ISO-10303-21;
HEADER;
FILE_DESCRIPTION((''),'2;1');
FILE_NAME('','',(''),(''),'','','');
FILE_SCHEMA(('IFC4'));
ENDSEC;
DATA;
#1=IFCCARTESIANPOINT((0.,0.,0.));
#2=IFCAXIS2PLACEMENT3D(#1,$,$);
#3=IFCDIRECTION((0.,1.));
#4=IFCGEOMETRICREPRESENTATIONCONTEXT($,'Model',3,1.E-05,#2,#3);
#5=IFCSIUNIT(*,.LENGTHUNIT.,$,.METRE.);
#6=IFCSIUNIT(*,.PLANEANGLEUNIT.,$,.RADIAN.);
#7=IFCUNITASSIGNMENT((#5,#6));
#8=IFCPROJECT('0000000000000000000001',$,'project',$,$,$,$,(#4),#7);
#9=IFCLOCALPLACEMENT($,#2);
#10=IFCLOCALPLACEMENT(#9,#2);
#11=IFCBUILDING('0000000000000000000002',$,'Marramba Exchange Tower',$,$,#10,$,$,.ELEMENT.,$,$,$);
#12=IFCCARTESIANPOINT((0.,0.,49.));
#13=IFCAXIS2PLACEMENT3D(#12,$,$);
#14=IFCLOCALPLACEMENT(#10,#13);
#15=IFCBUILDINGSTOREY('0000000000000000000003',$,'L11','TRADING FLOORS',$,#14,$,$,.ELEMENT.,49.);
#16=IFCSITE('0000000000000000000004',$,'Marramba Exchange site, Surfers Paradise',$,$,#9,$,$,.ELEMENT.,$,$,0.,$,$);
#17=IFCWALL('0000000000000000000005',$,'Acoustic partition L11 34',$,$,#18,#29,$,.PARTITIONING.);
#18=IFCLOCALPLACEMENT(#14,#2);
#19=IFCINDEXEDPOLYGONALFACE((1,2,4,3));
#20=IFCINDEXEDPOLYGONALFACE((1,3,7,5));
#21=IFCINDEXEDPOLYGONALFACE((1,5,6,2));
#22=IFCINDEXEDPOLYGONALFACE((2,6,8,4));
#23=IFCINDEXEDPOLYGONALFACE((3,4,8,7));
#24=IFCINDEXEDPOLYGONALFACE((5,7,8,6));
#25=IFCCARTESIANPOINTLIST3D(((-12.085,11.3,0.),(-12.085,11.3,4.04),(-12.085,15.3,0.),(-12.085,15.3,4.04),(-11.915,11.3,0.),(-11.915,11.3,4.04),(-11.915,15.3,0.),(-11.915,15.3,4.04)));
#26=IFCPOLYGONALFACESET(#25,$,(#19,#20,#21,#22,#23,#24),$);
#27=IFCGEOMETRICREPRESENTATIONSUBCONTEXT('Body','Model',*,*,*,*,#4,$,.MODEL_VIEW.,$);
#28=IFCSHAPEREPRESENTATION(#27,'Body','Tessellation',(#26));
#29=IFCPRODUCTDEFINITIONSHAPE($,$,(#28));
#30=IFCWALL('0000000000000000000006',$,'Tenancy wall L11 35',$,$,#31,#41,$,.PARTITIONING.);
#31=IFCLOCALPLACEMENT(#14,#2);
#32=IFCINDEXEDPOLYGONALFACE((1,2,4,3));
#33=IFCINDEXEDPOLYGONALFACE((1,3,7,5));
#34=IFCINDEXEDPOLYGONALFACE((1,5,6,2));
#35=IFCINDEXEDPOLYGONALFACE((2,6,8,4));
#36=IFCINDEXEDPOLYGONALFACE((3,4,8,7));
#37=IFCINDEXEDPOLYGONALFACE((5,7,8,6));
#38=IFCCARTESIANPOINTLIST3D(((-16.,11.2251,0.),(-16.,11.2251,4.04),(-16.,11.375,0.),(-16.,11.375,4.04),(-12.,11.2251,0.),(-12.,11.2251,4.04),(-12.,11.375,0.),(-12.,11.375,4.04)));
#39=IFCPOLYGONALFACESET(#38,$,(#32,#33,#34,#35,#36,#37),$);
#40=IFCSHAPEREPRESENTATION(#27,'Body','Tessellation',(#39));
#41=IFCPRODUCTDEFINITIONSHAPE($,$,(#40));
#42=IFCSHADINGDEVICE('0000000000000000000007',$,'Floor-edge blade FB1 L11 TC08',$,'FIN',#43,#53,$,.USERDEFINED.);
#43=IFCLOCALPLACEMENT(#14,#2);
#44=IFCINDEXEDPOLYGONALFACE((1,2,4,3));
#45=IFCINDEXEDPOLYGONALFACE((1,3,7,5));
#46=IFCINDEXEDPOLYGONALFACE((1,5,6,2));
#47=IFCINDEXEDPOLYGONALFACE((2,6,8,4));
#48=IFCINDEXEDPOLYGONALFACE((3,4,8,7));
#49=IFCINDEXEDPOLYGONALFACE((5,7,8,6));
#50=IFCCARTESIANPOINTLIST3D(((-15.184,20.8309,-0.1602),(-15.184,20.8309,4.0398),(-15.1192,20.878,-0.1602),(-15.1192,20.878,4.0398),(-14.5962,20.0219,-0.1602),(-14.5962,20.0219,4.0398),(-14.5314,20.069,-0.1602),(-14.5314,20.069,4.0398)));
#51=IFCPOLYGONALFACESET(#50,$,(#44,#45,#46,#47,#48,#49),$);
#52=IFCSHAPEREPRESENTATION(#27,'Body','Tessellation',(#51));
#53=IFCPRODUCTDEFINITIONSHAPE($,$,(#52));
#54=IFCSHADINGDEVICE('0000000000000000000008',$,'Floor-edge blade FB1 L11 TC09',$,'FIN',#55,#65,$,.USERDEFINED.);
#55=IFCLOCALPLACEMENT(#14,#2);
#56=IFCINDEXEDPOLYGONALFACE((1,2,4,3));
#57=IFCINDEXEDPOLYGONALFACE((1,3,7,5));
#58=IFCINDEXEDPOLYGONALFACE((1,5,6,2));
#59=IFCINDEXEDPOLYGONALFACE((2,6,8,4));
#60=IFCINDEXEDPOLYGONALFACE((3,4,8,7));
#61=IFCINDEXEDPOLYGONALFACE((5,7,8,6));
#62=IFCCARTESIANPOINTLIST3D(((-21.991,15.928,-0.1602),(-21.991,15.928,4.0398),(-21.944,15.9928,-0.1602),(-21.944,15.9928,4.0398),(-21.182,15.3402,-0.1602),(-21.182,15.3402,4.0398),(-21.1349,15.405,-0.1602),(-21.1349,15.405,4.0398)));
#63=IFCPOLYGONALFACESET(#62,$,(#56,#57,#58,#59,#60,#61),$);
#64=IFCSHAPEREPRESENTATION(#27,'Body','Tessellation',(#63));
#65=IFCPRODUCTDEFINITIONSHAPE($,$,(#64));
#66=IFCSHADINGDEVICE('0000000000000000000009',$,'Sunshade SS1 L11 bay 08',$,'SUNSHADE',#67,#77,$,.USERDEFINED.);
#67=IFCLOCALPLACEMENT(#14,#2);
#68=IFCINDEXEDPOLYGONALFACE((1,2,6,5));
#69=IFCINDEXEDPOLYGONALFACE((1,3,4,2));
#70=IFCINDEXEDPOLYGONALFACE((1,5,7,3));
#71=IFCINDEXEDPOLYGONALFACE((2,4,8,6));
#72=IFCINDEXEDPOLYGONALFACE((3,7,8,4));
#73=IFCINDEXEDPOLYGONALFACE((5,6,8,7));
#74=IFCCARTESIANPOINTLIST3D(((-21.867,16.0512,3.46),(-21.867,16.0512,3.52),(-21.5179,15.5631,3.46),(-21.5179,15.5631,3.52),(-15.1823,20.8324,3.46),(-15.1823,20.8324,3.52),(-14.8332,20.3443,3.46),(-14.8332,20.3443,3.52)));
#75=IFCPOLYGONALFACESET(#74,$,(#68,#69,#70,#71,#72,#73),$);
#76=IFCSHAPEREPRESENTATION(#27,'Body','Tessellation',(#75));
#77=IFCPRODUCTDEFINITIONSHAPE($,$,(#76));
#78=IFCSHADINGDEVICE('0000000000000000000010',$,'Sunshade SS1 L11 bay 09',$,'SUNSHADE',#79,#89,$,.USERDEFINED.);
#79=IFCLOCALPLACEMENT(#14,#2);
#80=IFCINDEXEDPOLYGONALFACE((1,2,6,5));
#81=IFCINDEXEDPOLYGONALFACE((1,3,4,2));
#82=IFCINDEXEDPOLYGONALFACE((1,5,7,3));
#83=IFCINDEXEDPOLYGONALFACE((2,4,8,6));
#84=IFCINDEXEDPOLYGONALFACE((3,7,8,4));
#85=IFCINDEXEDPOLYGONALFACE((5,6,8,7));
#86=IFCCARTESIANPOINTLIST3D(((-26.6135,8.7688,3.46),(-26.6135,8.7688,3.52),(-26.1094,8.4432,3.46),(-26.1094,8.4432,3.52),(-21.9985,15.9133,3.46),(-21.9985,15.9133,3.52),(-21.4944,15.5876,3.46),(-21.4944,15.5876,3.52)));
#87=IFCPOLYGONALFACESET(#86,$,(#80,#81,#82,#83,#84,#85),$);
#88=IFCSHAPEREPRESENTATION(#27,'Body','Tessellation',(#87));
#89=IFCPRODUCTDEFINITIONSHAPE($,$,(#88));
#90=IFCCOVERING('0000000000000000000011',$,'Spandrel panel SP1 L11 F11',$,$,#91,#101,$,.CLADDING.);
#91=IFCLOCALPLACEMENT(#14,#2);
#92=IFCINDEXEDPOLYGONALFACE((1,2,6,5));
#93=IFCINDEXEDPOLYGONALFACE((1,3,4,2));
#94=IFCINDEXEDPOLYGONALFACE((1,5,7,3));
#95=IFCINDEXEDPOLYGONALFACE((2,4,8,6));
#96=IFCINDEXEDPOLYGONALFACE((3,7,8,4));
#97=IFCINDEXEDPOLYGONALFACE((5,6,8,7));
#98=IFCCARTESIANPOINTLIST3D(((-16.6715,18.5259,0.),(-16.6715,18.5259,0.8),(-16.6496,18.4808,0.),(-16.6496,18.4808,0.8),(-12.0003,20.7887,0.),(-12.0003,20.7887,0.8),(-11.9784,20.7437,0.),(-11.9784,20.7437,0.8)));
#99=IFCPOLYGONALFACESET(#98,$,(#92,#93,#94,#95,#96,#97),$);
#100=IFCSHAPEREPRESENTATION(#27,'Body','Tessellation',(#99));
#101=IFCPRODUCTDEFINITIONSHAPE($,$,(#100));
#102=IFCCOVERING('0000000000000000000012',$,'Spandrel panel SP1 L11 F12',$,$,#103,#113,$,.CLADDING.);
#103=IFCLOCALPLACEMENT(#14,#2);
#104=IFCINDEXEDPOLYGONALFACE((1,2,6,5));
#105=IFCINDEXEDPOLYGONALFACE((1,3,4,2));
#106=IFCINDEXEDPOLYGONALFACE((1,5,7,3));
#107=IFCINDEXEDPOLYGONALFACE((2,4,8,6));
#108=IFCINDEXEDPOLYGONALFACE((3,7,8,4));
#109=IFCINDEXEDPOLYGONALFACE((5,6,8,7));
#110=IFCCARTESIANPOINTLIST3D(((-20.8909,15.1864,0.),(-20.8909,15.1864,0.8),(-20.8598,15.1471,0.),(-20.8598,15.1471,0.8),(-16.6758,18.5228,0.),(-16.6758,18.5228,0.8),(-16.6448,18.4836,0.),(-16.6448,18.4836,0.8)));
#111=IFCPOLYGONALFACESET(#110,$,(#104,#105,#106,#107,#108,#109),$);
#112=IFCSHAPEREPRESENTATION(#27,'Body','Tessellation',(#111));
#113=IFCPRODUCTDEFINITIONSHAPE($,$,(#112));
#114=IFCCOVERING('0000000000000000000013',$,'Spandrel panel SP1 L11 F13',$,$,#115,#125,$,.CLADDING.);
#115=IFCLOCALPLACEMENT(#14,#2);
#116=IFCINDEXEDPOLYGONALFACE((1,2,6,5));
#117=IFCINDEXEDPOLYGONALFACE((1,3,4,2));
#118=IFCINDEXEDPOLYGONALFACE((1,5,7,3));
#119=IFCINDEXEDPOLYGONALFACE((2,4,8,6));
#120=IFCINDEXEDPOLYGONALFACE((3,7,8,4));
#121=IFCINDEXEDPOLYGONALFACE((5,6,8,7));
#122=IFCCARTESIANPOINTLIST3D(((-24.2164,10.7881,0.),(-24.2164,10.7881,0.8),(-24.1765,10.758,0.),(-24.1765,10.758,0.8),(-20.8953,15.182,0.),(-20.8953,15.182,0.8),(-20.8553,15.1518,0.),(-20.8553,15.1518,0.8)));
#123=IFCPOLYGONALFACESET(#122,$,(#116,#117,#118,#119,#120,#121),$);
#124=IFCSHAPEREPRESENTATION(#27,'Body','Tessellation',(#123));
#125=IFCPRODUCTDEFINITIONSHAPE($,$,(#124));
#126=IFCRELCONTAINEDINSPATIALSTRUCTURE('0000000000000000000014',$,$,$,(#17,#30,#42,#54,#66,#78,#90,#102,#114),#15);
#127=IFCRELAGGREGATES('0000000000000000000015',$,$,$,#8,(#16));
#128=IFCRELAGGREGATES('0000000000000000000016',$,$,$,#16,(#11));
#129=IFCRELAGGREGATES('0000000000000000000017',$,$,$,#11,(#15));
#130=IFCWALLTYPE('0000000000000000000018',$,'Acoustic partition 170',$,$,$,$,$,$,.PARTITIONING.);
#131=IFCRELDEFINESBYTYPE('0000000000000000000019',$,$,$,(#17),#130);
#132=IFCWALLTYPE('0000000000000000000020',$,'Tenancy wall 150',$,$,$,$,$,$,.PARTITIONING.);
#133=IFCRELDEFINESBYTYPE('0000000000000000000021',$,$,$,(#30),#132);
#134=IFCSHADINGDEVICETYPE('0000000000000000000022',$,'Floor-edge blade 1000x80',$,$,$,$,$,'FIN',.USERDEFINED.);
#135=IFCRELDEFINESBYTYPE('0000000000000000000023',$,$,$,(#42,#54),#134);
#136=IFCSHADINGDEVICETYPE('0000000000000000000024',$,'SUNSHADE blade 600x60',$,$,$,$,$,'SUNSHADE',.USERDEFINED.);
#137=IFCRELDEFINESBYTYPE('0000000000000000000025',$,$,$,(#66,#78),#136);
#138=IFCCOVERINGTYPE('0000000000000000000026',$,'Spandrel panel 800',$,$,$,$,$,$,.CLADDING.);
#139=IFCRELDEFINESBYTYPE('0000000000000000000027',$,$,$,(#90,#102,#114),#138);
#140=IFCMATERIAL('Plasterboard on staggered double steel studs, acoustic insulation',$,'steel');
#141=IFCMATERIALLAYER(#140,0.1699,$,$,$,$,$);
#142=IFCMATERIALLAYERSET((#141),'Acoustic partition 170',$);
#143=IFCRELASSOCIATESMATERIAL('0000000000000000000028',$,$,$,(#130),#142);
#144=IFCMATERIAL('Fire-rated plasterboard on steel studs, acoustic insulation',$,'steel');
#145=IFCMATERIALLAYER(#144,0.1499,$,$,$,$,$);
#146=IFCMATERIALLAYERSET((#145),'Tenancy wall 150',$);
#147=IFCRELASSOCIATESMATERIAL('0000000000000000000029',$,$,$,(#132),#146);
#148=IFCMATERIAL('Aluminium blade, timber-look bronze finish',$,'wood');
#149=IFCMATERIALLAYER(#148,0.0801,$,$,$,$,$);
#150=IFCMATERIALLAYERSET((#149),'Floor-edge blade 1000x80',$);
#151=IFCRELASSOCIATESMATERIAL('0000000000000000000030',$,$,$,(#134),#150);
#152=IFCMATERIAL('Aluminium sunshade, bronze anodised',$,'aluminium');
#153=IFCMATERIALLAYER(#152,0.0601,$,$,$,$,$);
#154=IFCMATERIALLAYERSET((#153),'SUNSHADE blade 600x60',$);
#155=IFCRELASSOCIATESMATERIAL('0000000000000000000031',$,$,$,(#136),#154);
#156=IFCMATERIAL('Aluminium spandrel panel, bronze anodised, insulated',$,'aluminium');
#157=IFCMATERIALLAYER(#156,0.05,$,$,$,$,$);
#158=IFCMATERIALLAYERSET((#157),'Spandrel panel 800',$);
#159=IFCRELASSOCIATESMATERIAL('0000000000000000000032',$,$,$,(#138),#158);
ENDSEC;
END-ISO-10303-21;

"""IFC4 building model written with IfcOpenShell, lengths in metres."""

from ifc_helpers import new_model, si_unit, direction, frame, frame_2d, origin, origin_2d, place, context, subcontext, project, spatial, rectangle, extrude, material, layer, layer_set, type_object, element, save


model = new_model("IFC4")

# Units and contexts
model_context = context("Model", 3, precision=1e-05, world=origin(), true_north=direction((0.0, 1.0)))
body_context = subcontext(model_context, "Body", "Model", "MODEL_VIEW")
ifc_project = project(units=[si_unit("LENGTHUNIT", "METRE"), si_unit("PLANEANGLEUNIT", "RADIAN")], contexts=[model_context])

# Site, building, storey
site_placement = place(None, origin())
site = spatial("IfcSite", under=ifc_project, at=site_placement, Name="Marramba Exchange site, Surfers Paradise", CompositionType="ELEMENT", RefElevation=0.0)
building_placement = place(site_placement, origin())
building = spatial("IfcBuilding", under=site, at=building_placement, Name="Marramba Exchange Tower", CompositionType="ELEMENT")
storey_placement = place(building_placement, frame((0.0, 0.0, 49.0)))
storey = spatial("IfcBuildingStorey", under=building, at=storey_placement, Name="L11", Description="TRADING FLOORS", CompositionType="ELEMENT", Elevation=49.0)

# Walls
ifc_material_1 = material(Name="Plasterboard on staggered double steel studs, acoustic insulation", Category="steel")
ifc_layer_1 = layer(ifc_material_1, 0.1699)
ifc_layer_set_1 = layer_set([ifc_layer_1], Name="Acoustic partition 170")
wall_type_1 = type_object("IfcWallType", Name="Acoustic partition 170", PredefinedType="PARTITIONING", material=ifc_layer_set_1)
wall_1_placement = place(storey_placement, frame((-12.0, 15.3, 0.0), z_axis=(0.0, 0.0, 1.0), x_axis=(0.0, -1.0, 0.0)))
element("IfcWall", 1, at=wall_1_placement, inside=storey, type_object=wall_type_1, Name="Acoustic partition L11 34", PredefinedType="PARTITIONING", context=body_context, shape_type="SweptSolid", body=[
    extrude(rectangle(XDim=4.0, YDim=0.1699, at=frame_2d((2.0, 0.0))), origin(), (0.0, 0.0, 1.0), 4.04),
])
ifc_material_2 = material(Name="Fire-rated plasterboard on steel studs, acoustic insulation", Category="steel")
ifc_layer_2 = layer(ifc_material_2, 0.1499)
ifc_layer_set_2 = layer_set([ifc_layer_2], Name="Tenancy wall 150")
wall_type_2 = type_object("IfcWallType", Name="Tenancy wall 150", PredefinedType="PARTITIONING", material=ifc_layer_set_2)
wall_2_placement = place(storey_placement, frame((-12.0, 11.3, 0.0), z_axis=(0.0, 0.0, 1.0), x_axis=(-1.0, 0.0, 0.0)))
element("IfcWall", 2, at=wall_2_placement, inside=storey, type_object=wall_type_2, Name="Tenancy wall L11 35", PredefinedType="PARTITIONING", context=body_context, shape_type="SweptSolid", body=[
    extrude(rectangle(XDim=4.0, YDim=0.1499, at=frame_2d((2.0, 0.0))), origin(), (0.0, 0.0, 1.0), 4.04),
])

# Shading devices
ifc_material_3 = material(Name="Aluminium blade, timber-look bronze finish", Category="wood")
ifc_layer_3 = layer(ifc_material_3, 0.0801)
ifc_layer_set_3 = layer_set([ifc_layer_3], Name="Floor-edge blade 1000x80")
shading_device_type_1 = type_object("IfcShadingDeviceType", Name="Floor-edge blade 1000x80", ElementType="FIN", PredefinedType="USERDEFINED", material=ifc_layer_set_3)
for number, where, z_axis, x_axis, name in (
    (3, (-14.8577, 20.45, -0.1602), (0.0, 0.0, 1.0), (-0.587785, 0.809017, 0.0), "Floor-edge blade FB1 L11 TC08"),
    (4, (-21.563, 15.6665, -0.1602), (0.0, 0.0, 1.0), (-0.809017, 0.587785, 0.0), "Floor-edge blade FB1 L11 TC09"),
):
    element("IfcShadingDevice", number, at=place(storey_placement, frame(where, z_axis=z_axis, x_axis=x_axis)), inside=storey, type_object=shading_device_type_1, Name=name, ObjectType="FIN", PredefinedType="USERDEFINED", context=body_context, shape_type="SweptSolid", body=[
        extrude(rectangle(XDim=1.0, YDim=0.0801, at=origin_2d()), origin(), (0.0, 0.0, 1.0), 4.2),
    ])
ifc_material_4 = material(Name="Aluminium sunshade, bronze anodised", Category="aluminium")
ifc_layer_4 = layer(ifc_material_4, 0.0601)
ifc_layer_set_4 = layer_set([ifc_layer_4], Name="SUNSHADE blade 600x60")
shading_device_type_2 = type_object("IfcShadingDeviceType", Name="SUNSHADE blade 600x60", ElementType="SUNSHADE", PredefinedType="USERDEFINED", material=ifc_layer_set_4)
shading_device_1_placement = place(storey_placement, frame((-18.3501, 18.1978, 3.46), z_axis=(0.0, 0.0, 1.0), x_axis=(-0.813363, -0.581757, 0.0)))
element("IfcShadingDevice", 5, at=shading_device_1_placement, inside=storey, type_object=shading_device_type_2, Name="Sunshade SS1 L11 bay 08", ObjectType="SUNSHADE", PredefinedType="USERDEFINED", context=body_context, shape_type="SweptSolid", body=[
    extrude(rectangle(XDim=8.2185, YDim=0.6001, at=origin_2d()), origin(), (0.0, 0.0, 1.0), 0.0601),
])
shading_device_2_placement = place(storey_placement, frame((-24.054, 12.1782, 3.46), z_axis=(0.0, 0.0, 1.0), x_axis=(-0.542597, -0.839993, 0.0)))
element("IfcShadingDevice", 6, at=shading_device_2_placement, inside=storey, type_object=shading_device_type_2, Name="Sunshade SS1 L11 bay 09", ObjectType="SUNSHADE", PredefinedType="USERDEFINED", context=body_context, shape_type="SweptSolid", body=[
    extrude(rectangle(XDim=8.5054, YDim=0.6001, at=origin_2d()), origin(), (0.0, 0.0, 1.0), 0.0601),
])

# Coverings
ifc_material_5 = material(Name="Aluminium spandrel panel, bronze anodised, insulated", Category="aluminium")
ifc_layer_5 = layer(ifc_material_5, 0.05)
ifc_layer_set_5 = layer_set([ifc_layer_5], Name="Spandrel panel 800")
covering_type = type_object("IfcCoveringType", Name="Spandrel panel 800", PredefinedType="CLADDING", material=ifc_layer_set_5)
covering_1_placement = place(storey_placement, frame((-14.325, 19.6348, 0.0), z_axis=(0.0, 0.0, 1.0), x_axis=(-0.899963, -0.435965, 0.0)))
element("IfcCovering", 7, at=covering_1_placement, inside=storey, type_object=covering_type, Name="Spandrel panel SP1 L11 F11", PredefinedType="CLADDING", context=body_context, shape_type="SweptSolid", body=[
    extrude(rectangle(XDim=5.1904, YDim=0.05, at=origin_2d()), origin(), (0.0, 0.0, 1.0), 0.8),
])
covering_2_placement = place(storey_placement, frame((-18.7678, 16.835, 0.0), z_axis=(0.0, 0.0, 1.0), x_axis=(-0.784088, -0.62065, 0.0)))
element("IfcCovering", 8, at=covering_2_placement, inside=storey, type_object=covering_type, Name="Spandrel panel SP1 L11 F12", PredefinedType="CLADDING", context=body_context, shape_type="SweptSolid", body=[
    extrude(rectangle(XDim=5.3757, YDim=0.05, at=origin_2d()), origin(), (0.0, 0.0, 1.0), 0.8),
])
covering_3_placement = place(storey_placement, frame((-22.5359, 12.97, 0.0), z_axis=(0.0, 0.0, 1.0), x_axis=(-0.60299, -0.797749, 0.0)))
element("IfcCovering", 9, at=covering_3_placement, inside=storey, type_object=covering_type, Name="Spandrel panel SP1 L11 F13", PredefinedType="CLADDING", context=body_context, shape_type="SweptSolid", body=[
    extrude(rectangle(XDim=5.5078, YDim=0.05, at=origin_2d()), origin(), (0.0, 0.0, 1.0), 0.8),
])

save(model, "model.ifc")
